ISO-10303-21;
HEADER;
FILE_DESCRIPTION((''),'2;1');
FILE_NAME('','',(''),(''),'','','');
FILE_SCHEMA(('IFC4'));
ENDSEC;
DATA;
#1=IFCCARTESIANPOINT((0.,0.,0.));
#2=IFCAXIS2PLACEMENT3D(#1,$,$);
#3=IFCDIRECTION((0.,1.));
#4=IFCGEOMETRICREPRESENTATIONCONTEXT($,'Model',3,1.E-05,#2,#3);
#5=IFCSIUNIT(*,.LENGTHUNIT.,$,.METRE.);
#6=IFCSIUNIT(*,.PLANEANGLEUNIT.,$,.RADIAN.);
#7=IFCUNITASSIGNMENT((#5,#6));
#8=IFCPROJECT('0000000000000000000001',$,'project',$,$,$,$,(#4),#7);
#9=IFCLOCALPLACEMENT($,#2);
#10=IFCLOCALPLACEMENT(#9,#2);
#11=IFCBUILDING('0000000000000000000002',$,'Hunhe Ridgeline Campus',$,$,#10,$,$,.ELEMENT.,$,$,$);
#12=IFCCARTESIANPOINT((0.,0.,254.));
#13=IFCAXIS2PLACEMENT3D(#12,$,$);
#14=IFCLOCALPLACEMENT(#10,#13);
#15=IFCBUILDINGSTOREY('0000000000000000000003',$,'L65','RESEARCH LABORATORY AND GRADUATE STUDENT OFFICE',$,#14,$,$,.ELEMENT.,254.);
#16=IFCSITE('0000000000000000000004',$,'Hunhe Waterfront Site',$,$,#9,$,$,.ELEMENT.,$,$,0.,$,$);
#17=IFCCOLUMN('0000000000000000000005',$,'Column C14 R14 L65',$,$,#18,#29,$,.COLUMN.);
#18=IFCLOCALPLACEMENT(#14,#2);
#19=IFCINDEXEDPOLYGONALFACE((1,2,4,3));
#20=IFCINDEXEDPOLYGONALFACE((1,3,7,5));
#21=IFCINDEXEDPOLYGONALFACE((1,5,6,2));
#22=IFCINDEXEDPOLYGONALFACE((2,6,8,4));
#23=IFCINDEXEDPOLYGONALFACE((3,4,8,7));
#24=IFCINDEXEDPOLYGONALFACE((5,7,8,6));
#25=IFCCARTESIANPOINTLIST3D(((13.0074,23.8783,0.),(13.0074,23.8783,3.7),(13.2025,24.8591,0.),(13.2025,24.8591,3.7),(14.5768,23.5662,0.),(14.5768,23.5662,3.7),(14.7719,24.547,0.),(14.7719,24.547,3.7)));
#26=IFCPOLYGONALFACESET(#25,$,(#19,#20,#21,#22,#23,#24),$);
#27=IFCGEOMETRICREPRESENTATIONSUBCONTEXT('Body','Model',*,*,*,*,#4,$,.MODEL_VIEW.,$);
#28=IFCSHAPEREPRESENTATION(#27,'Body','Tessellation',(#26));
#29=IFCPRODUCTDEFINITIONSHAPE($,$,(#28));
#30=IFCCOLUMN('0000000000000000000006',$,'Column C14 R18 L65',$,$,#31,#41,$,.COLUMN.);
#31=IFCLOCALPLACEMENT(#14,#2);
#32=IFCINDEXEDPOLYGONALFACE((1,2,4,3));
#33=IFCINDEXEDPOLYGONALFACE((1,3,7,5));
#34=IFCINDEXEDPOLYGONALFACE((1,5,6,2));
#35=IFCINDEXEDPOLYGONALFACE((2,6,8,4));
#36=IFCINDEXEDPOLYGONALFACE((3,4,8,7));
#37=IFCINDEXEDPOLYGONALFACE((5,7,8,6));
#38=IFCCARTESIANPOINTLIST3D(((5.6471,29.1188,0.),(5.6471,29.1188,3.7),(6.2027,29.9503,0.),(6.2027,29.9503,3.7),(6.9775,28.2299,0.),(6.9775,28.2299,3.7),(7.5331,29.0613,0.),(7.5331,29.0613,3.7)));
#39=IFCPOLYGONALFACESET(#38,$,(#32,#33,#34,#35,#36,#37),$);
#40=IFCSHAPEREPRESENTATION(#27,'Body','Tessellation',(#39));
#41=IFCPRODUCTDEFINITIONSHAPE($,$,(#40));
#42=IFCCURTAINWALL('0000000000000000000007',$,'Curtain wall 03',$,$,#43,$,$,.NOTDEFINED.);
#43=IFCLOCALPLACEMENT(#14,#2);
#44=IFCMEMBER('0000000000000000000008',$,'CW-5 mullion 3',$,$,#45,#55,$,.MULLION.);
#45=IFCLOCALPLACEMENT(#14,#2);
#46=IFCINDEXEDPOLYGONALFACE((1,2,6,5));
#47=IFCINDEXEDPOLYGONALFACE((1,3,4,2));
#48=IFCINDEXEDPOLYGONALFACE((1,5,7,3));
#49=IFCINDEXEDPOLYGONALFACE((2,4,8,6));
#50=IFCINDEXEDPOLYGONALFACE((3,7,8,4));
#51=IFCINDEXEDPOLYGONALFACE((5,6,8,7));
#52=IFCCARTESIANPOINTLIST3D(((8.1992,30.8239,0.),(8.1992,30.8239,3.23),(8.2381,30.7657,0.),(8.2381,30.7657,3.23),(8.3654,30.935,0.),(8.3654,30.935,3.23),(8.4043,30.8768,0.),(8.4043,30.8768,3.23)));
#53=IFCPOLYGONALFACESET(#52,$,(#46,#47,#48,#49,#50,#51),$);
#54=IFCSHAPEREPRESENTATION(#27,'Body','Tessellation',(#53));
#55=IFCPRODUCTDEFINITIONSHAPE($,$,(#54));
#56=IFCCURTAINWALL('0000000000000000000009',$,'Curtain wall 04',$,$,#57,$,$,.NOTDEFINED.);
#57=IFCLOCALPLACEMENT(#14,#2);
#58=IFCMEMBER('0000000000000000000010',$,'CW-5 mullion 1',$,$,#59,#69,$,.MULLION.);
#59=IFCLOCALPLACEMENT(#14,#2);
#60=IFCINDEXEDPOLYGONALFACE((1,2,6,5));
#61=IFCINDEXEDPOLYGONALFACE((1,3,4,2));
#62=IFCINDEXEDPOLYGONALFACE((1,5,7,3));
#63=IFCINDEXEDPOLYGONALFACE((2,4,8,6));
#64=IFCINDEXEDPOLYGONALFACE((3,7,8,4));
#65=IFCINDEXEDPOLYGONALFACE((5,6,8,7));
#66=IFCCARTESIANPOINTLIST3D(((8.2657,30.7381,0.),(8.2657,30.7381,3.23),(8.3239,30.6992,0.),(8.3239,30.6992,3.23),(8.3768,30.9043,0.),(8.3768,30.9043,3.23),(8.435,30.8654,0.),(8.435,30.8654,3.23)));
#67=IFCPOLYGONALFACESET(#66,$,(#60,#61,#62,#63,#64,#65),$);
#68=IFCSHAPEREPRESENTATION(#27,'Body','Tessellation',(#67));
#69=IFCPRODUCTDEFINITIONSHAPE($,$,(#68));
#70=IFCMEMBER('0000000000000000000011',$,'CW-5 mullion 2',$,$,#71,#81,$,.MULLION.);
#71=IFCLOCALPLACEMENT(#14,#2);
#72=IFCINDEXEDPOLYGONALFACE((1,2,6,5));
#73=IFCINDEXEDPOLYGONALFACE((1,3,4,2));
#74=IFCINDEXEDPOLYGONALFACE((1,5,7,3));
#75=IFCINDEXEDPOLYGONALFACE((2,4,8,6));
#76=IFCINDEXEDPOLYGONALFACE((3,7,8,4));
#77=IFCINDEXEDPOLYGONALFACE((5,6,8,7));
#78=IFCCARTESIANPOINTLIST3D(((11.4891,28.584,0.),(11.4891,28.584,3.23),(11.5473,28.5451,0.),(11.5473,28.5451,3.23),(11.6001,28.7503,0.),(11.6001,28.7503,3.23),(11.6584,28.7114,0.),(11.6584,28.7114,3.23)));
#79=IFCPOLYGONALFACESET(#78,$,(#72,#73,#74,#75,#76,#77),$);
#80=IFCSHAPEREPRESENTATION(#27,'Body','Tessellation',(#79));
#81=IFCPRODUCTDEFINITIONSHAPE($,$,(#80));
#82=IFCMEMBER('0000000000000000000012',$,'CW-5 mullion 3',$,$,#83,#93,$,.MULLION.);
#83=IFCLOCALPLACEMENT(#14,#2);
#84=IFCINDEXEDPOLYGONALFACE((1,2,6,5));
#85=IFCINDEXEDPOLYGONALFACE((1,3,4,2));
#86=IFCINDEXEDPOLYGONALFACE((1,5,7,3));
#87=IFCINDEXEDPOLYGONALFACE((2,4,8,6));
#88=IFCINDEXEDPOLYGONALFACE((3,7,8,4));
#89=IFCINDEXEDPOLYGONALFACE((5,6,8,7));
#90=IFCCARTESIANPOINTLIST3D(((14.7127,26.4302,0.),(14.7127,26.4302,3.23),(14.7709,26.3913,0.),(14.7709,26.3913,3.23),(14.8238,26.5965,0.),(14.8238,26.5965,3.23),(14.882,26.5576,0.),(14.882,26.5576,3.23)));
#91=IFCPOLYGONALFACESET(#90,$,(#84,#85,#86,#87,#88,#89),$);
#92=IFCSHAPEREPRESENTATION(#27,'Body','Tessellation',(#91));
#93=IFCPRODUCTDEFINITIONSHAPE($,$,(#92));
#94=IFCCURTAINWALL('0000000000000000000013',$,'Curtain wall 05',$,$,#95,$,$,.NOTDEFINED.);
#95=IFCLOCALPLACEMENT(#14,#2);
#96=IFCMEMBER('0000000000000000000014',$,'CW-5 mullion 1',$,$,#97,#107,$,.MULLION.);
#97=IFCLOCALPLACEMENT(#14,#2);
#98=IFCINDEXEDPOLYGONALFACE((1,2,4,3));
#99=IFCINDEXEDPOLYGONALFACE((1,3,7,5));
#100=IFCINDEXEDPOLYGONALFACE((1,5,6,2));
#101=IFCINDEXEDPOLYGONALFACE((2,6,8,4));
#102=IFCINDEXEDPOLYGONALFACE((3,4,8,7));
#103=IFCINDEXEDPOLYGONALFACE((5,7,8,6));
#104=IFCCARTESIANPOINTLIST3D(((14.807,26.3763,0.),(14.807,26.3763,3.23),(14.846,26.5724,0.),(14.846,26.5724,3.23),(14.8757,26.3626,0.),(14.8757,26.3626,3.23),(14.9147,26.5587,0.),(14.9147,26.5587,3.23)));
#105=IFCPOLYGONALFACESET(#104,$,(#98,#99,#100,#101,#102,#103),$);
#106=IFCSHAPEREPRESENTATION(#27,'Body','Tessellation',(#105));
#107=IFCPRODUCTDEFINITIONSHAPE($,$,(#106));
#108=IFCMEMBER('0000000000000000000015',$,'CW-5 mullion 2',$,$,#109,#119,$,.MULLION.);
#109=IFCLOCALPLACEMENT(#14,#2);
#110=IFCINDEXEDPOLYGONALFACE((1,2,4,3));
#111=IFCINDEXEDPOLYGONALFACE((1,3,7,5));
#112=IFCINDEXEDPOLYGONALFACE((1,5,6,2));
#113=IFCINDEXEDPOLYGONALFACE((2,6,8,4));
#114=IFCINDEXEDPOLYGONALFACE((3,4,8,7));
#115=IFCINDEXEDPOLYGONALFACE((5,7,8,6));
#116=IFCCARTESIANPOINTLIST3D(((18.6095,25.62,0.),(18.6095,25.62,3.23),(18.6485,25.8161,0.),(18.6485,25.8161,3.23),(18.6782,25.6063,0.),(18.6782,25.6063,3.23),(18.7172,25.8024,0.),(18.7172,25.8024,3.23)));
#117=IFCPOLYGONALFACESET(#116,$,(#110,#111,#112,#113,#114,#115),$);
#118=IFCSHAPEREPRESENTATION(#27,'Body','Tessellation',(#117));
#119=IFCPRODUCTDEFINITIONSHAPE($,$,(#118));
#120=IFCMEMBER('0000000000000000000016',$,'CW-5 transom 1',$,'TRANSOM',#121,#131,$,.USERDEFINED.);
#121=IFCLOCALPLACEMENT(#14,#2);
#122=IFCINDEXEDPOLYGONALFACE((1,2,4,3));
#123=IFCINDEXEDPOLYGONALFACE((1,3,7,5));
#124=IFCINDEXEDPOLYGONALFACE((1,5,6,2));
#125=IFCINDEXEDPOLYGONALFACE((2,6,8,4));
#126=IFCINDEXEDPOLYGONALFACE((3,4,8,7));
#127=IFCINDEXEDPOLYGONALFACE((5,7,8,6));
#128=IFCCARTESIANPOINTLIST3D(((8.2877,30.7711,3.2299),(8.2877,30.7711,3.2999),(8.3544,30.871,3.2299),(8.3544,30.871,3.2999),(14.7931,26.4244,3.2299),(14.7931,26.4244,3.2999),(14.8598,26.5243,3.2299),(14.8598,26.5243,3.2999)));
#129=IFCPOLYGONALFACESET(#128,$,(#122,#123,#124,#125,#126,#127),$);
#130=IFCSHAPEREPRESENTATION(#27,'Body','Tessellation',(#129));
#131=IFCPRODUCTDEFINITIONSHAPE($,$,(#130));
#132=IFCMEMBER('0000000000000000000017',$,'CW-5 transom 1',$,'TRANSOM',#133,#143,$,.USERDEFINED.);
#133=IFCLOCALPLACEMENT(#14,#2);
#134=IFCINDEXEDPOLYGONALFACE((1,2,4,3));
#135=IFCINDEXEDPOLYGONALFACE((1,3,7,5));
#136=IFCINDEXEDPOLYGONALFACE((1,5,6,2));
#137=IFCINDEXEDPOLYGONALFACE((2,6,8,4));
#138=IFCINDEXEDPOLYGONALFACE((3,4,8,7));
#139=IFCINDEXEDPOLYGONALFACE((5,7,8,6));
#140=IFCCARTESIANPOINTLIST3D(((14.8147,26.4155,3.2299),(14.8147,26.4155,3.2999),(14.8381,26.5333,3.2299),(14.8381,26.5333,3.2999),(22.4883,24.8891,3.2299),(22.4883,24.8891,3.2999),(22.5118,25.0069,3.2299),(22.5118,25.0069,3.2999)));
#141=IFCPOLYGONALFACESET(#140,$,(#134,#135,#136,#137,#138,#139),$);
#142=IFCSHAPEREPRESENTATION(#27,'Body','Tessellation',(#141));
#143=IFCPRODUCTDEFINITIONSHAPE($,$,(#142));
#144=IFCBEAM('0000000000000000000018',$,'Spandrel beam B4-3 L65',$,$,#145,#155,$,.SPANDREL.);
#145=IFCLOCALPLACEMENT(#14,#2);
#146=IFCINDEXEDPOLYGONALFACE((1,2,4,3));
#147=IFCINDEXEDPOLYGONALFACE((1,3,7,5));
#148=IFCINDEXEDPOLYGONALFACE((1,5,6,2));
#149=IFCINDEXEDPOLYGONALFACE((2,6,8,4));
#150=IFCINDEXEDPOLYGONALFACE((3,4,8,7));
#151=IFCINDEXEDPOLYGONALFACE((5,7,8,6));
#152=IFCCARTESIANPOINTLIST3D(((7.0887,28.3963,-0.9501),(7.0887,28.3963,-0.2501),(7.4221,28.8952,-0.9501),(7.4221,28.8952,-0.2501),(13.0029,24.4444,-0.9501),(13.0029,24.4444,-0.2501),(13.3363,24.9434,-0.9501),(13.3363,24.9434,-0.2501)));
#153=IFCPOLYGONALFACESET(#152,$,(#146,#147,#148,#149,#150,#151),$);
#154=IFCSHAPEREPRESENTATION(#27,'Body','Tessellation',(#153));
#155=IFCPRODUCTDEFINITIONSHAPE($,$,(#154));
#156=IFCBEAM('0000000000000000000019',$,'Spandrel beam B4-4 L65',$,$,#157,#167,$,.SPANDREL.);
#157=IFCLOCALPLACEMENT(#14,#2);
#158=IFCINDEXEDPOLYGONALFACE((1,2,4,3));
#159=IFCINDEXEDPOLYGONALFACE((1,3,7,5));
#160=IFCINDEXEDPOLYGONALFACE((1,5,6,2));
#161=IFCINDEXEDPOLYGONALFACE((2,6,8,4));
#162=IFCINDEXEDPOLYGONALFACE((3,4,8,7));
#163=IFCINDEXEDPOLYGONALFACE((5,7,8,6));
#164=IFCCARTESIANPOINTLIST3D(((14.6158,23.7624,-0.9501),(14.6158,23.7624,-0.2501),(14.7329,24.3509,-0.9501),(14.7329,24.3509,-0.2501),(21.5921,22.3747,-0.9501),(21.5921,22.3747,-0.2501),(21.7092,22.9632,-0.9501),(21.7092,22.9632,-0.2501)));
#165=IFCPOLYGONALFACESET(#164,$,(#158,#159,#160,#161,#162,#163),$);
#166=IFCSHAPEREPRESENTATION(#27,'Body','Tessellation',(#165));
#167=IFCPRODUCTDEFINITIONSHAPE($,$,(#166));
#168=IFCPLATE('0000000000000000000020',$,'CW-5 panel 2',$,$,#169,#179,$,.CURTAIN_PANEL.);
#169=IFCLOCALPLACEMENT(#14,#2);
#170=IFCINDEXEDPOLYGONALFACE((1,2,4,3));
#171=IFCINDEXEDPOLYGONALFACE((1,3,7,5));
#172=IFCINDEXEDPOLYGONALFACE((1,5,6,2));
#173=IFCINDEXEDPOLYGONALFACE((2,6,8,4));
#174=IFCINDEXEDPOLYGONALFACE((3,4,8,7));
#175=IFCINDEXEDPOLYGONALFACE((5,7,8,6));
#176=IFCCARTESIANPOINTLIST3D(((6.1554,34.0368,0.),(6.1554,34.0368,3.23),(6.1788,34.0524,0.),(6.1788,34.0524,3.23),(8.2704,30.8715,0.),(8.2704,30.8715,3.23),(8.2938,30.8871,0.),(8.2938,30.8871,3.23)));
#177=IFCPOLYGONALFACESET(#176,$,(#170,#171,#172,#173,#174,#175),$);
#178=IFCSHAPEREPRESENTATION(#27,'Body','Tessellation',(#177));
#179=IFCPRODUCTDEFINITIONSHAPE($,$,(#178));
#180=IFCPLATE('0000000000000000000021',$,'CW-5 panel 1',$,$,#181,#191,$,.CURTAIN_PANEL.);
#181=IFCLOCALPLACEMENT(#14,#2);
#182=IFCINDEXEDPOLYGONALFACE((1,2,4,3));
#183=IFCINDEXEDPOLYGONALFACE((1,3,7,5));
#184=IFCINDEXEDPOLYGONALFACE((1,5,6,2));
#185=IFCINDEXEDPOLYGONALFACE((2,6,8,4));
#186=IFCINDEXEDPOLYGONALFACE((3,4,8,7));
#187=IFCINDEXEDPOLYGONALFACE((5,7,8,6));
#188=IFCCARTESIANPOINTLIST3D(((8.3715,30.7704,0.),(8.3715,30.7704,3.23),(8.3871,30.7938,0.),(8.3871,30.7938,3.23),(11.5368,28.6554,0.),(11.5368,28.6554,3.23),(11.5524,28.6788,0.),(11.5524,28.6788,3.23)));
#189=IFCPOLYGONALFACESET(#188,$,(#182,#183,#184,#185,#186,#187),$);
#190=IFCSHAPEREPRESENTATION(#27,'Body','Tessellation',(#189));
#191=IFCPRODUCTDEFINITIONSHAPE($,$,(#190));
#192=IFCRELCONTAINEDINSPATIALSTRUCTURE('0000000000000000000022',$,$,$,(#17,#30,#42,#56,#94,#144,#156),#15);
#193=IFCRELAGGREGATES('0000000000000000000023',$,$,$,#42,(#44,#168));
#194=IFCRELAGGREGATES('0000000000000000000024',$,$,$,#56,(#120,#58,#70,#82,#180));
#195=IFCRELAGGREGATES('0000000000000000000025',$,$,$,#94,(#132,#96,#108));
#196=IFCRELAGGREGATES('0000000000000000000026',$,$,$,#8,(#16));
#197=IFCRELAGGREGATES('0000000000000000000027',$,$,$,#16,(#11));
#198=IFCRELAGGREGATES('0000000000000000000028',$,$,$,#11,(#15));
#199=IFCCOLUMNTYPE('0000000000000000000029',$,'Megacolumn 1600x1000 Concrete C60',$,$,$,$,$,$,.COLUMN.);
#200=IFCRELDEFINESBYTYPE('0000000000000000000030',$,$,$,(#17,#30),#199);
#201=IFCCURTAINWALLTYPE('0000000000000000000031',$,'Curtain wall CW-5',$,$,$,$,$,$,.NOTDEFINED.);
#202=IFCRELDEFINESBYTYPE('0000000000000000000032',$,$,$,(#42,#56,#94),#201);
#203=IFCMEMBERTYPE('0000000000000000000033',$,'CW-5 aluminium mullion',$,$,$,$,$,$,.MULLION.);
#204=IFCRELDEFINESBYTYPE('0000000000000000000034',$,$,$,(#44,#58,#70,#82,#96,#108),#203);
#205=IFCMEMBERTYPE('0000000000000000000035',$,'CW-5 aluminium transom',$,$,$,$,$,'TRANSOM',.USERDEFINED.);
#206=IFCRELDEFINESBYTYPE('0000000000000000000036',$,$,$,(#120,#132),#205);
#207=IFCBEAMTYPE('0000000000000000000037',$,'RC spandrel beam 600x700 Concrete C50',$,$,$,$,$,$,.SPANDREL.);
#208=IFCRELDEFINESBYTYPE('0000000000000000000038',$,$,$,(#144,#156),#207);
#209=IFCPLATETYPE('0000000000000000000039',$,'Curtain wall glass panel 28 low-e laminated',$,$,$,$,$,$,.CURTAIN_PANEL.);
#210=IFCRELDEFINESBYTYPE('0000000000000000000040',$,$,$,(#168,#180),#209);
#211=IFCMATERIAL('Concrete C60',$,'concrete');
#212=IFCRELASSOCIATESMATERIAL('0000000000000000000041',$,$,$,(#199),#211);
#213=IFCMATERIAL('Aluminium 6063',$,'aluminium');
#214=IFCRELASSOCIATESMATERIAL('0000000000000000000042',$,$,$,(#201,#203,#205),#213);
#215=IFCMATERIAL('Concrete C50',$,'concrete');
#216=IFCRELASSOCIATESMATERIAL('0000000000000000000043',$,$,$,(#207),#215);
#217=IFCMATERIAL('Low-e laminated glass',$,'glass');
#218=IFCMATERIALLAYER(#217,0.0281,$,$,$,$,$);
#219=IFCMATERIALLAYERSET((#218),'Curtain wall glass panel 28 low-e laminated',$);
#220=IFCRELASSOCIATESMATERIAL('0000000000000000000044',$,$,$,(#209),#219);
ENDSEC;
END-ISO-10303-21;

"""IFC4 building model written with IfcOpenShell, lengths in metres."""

from ifc_helpers import new_model, si_unit, direction, frame, origin, origin_2d, place, context, subcontext, project, spatial, rectangle, extrude, material, layer, layer_set, material_profile, profile_set, type_object, element, aggregate, save


model = new_model("IFC4")

# Units and contexts
model_context = context("Model", 3, precision=1e-05, world=origin(), true_north=direction((0.0, 1.0)))
body_context = subcontext(model_context, "Body", "Model", "MODEL_VIEW")
ifc_project = project(units=[si_unit("LENGTHUNIT", "METRE"), si_unit("PLANEANGLEUNIT", "RADIAN")], contexts=[model_context])

# Site, building, storey
site_placement = place(None, origin())
site = spatial("IfcSite", under=ifc_project, at=site_placement, Name="Hunhe Waterfront Site", CompositionType="ELEMENT", RefElevation=0.0)
building_placement = place(site_placement, origin())
building = spatial("IfcBuilding", under=site, at=building_placement, Name="Hunhe Ridgeline Campus", CompositionType="ELEMENT")
storey_placement = place(building_placement, frame((0.0, 0.0, 254.0)))
storey = spatial("IfcBuildingStorey", under=building, at=storey_placement, Name="L65", Description="RESEARCH LABORATORY AND GRADUATE STUDENT OFFICE", CompositionType="ELEMENT", Elevation=254.0)

# Columns
ifc_material_1 = material(Name="Concrete C60", Category="concrete")
ifc_material_profile_1 = material_profile(ifc_material_1, rectangle(XDim=1.6001, YDim=1.0, at=origin_2d()))
ifc_profile_set_1 = profile_set([ifc_material_profile_1], Name="Concrete C60")
column_type = type_object("IfcColumnType", Name="Megacolumn 1600x1000 Concrete C60", PredefinedType="COLUMN", material=ifc_profile_set_1)
for number, where, z_axis, x_axis, name in (
    (1, (13.8896, 24.2126, 0.0), (0.0, 0.0, 1.0), (-0.980785, 0.19509, 0.0), "Column C14 R14 L65"),
    (2, (6.5901, 29.0901, 0.0), (0.0, 0.0, 1.0), (-0.83147, 0.55557, 0.0), "Column C14 R18 L65"),
):
    element("IfcColumn", number, at=place(storey_placement, frame(where, z_axis=z_axis, x_axis=x_axis)), inside=storey, type_object=column_type, Name=name, PredefinedType="COLUMN", context=body_context, shape_type="SweptSolid", body=[
        extrude(rectangle(XDim=1.6001, YDim=1.0, at=origin_2d()), origin(), (0.0, 0.0, 1.0), 3.7),
    ])

# Curtain wall, member
ifc_material_2 = material(Name="Aluminium 6063", Category="aluminium")
curtain_wall_type = type_object("IfcCurtainWallType", Name="Curtain wall CW-5", PredefinedType="NOTDEFINED", material=ifc_material_2)
curtain_wall_1_placement = place(storey_placement, origin())
curtain_wall_1 = element("IfcCurtainWall", 3, at=curtain_wall_1_placement, inside=storey, type_object=curtain_wall_type, Name="Curtain wall 03", PredefinedType="NOTDEFINED")
ifc_material_profile_2 = material_profile(ifc_material_2, rectangle(XDim=0.2, YDim=0.0701, at=origin_2d()))
ifc_profile_set_2 = profile_set([ifc_material_profile_2], Name="Aluminium 6063")
member_type_1 = type_object("IfcMemberType", Name="CW-5 aluminium mullion", PredefinedType="MULLION", material=ifc_profile_set_2)
member_1_placement = place(storey_placement, frame((8.3018, 30.8503, 0.0), z_axis=(0.0, 0.0, 1.0), x_axis=(0.83147, 0.55557, 0.0)))
member_1 = element("IfcMember", 4, at=member_1_placement, type_object=member_type_1, Name="CW-5 mullion 3", PredefinedType="MULLION", context=body_context, shape_type="SweptSolid", body=[
    extrude(rectangle(XDim=0.2, YDim=0.0701, at=origin_2d()), origin(), (0.0, 0.0, 1.0), 3.23),
])

# Curtain walls, members
curtain_wall_2_placement = place(storey_placement, origin())
curtain_wall_2 = element("IfcCurtainWall", 5, at=curtain_wall_2_placement, inside=storey, type_object=curtain_wall_type, Name="Curtain wall 04", PredefinedType="NOTDEFINED")
member_2_placement = place(storey_placement, frame((8.3503, 30.8018, 0.0), z_axis=(0.0, 0.0, 1.0), x_axis=(0.55557, 0.83147, 0.0)))
member_2 = element("IfcMember", 6, at=member_2_placement, type_object=member_type_1, Name="CW-5 mullion 1", PredefinedType="MULLION", context=body_context, shape_type="SweptSolid", body=[
    extrude(rectangle(XDim=0.2, YDim=0.0701, at=origin_2d()), origin(), (0.0, 0.0, 1.0), 3.23),
])
member_3_placement = place(storey_placement, frame((11.5737, 28.6477, 0.0), z_axis=(0.0, 0.0, 1.0), x_axis=(0.55557, 0.83147, 0.0)))
member_3 = element("IfcMember", 7, at=member_3_placement, type_object=member_type_1, Name="CW-5 mullion 2", PredefinedType="MULLION", context=body_context, shape_type="SweptSolid", body=[
    extrude(rectangle(XDim=0.2, YDim=0.0701, at=origin_2d()), origin(), (0.0, 0.0, 1.0), 3.23),
])
member_4_placement = place(storey_placement, frame((14.7974, 26.4939, 0.0), z_axis=(0.0, 0.0, 1.0), x_axis=(0.55557, 0.83147, 0.0)))
member_4 = element("IfcMember", 8, at=member_4_placement, type_object=member_type_1, Name="CW-5 mullion 3", PredefinedType="MULLION", context=body_context, shape_type="SweptSolid", body=[
    extrude(rectangle(XDim=0.2, YDim=0.0701, at=origin_2d()), origin(), (0.0, 0.0, 1.0), 3.23),
])
curtain_wall_3_placement = place(storey_placement, origin())
curtain_wall_3 = element("IfcCurtainWall", 9, at=curtain_wall_3_placement, inside=storey, type_object=curtain_wall_type, Name="Curtain wall 05", PredefinedType="NOTDEFINED")
member_5_placement = place(storey_placement, frame((14.8608, 26.4675, 0.0), z_axis=(0.0, 0.0, 1.0), x_axis=(0.19509, 0.980785, 0.0)))
member_5 = element("IfcMember", 10, at=member_5_placement, type_object=member_type_1, Name="CW-5 mullion 1", PredefinedType="MULLION", context=body_context, shape_type="SweptSolid", body=[
    extrude(rectangle(XDim=0.2, YDim=0.0701, at=origin_2d()), origin(), (0.0, 0.0, 1.0), 3.23),
])
member_6_placement = place(storey_placement, frame((18.6633, 25.7112, 0.0), z_axis=(0.0, 0.0, 1.0), x_axis=(0.19509, 0.980785, 0.0)))
member_6 = element("IfcMember", 11, at=member_6_placement, type_object=member_type_1, Name="CW-5 mullion 2", PredefinedType="MULLION", context=body_context, shape_type="SweptSolid", body=[
    extrude(rectangle(XDim=0.2, YDim=0.0701, at=origin_2d()), origin(), (0.0, 0.0, 1.0), 3.23),
])

# Members
ifc_material_profile_3 = material_profile(ifc_material_2, rectangle(XDim=0.1201, YDim=0.0701, at=origin_2d()))
ifc_profile_set_3 = profile_set([ifc_material_profile_3], Name="Aluminium 6063")
member_type_2 = type_object("IfcMemberType", Name="CW-5 aluminium transom", ElementType="TRANSOM", PredefinedType="USERDEFINED", material=ifc_profile_set_3)
member_7_placement = place(storey_placement, frame((8.321, 30.821, 3.2649), z_axis=(0.831474, -0.555564, 0.0), x_axis=(0.555564, 0.831474, 0.0)))
member_7 = element("IfcMember", 12, at=member_7_placement, type_object=member_type_2, Name="CW-5 transom 1", ObjectType="TRANSOM", PredefinedType="USERDEFINED", context=body_context, shape_type="SweptSolid", body=[
    extrude(rectangle(XDim=0.1201, YDim=0.0701, at=origin_2d()), origin(), (0.0, 0.0, 1.0), 7.824),
])
member_8_placement = place(storey_placement, frame((14.8264, 26.4744, 3.2649), z_axis=(0.980785, -0.19509, 0.0), x_axis=(0.19509, 0.980785, 0.0)))
member_8 = element("IfcMember", 13, at=member_8_placement, type_object=member_type_2, Name="CW-5 transom 1", ObjectType="TRANSOM", PredefinedType="USERDEFINED", context=body_context, shape_type="SweptSolid", body=[
    extrude(rectangle(XDim=0.1201, YDim=0.0701, at=origin_2d()), origin(), (0.0, 0.0, 1.0), 7.824),
])

# Beams
ifc_material_3 = material(Name="Concrete C50", Category="concrete")
ifc_material_profile_4 = material_profile(ifc_material_3, rectangle(XDim=0.6001, YDim=0.7, at=origin_2d()))
ifc_profile_set_4 = profile_set([ifc_material_profile_4], Name="Concrete C50")
beam_type = type_object("IfcBeamType", Name="RC spandrel beam 600x700 Concrete C50", PredefinedType="SPANDREL", material=ifc_profile_set_4)
for number, where, z_axis, x_axis, name in (
    (14, (7.2554, 28.6458, -0.6001), (0.831464, -0.555579, 0.0), (0.555579, 0.831464, 0.0), "Spandrel beam B4-3 L65"),
    (15, (14.6743, 24.0566, -0.6001), (0.980785, -0.195093, 0.0), (0.195093, 0.980785, 0.0), "Spandrel beam B4-4 L65"),
):
    element("IfcBeam", number, at=place(storey_placement, frame(where, z_axis=z_axis, x_axis=x_axis)), inside=storey, type_object=beam_type, Name=name, PredefinedType="SPANDREL", context=body_context, shape_type="SweptSolid", body=[
        extrude(rectangle(XDim=0.6001, YDim=0.7, at=origin_2d()), origin(), (0.0, 0.0, 1.0), 7.113),
    ])

# Plates
ifc_material_4 = material(Name="Low-e laminated glass", Category="glass")
ifc_layer_1 = layer(ifc_material_4, 0.0281)
ifc_layer_set_1 = layer_set([ifc_layer_1], Name="Curtain wall glass panel 28 low-e laminated")
plate_type = type_object("IfcPlateType", Name="Curtain wall glass panel 28 low-e laminated", PredefinedType="CURTAIN_PANEL", material=ifc_layer_set_1)
plate_1_placement = place(storey_placement, frame((7.2246, 32.4619, 0.0), z_axis=(0.0, 0.0, 1.0), x_axis=(0.55557, -0.83147, 0.0)))
plate_1 = element("IfcPlate", 16, at=plate_1_placement, type_object=plate_type, Name="CW-5 panel 2", PredefinedType="CURTAIN_PANEL", context=body_context, shape_type="SweptSolid", body=[
    extrude(rectangle(XDim=3.8069, YDim=0.0281, at=origin_2d()), origin(), (0.0, 0.0, 1.0), 3.23),
])
aggregate(curtain_wall_1, [member_1, plate_1])
plate_2_placement = place(storey_placement, frame((9.9619, 29.7246, 0.0), z_axis=(0.0, 0.0, 1.0), x_axis=(0.83147, -0.55557, 0.0)))
plate_2 = element("IfcPlate", 17, at=plate_2_placement, type_object=plate_type, Name="CW-5 panel 1", PredefinedType="CURTAIN_PANEL", context=body_context, shape_type="SweptSolid", body=[
    extrude(rectangle(XDim=3.8069, YDim=0.0281, at=origin_2d()), origin(), (0.0, 0.0, 1.0), 3.23),
])
aggregate(curtain_wall_2, [member_7, member_2, member_3, member_4, plate_2])
aggregate(curtain_wall_3, [member_8, member_5, member_6])

save(model, "model.ifc")
